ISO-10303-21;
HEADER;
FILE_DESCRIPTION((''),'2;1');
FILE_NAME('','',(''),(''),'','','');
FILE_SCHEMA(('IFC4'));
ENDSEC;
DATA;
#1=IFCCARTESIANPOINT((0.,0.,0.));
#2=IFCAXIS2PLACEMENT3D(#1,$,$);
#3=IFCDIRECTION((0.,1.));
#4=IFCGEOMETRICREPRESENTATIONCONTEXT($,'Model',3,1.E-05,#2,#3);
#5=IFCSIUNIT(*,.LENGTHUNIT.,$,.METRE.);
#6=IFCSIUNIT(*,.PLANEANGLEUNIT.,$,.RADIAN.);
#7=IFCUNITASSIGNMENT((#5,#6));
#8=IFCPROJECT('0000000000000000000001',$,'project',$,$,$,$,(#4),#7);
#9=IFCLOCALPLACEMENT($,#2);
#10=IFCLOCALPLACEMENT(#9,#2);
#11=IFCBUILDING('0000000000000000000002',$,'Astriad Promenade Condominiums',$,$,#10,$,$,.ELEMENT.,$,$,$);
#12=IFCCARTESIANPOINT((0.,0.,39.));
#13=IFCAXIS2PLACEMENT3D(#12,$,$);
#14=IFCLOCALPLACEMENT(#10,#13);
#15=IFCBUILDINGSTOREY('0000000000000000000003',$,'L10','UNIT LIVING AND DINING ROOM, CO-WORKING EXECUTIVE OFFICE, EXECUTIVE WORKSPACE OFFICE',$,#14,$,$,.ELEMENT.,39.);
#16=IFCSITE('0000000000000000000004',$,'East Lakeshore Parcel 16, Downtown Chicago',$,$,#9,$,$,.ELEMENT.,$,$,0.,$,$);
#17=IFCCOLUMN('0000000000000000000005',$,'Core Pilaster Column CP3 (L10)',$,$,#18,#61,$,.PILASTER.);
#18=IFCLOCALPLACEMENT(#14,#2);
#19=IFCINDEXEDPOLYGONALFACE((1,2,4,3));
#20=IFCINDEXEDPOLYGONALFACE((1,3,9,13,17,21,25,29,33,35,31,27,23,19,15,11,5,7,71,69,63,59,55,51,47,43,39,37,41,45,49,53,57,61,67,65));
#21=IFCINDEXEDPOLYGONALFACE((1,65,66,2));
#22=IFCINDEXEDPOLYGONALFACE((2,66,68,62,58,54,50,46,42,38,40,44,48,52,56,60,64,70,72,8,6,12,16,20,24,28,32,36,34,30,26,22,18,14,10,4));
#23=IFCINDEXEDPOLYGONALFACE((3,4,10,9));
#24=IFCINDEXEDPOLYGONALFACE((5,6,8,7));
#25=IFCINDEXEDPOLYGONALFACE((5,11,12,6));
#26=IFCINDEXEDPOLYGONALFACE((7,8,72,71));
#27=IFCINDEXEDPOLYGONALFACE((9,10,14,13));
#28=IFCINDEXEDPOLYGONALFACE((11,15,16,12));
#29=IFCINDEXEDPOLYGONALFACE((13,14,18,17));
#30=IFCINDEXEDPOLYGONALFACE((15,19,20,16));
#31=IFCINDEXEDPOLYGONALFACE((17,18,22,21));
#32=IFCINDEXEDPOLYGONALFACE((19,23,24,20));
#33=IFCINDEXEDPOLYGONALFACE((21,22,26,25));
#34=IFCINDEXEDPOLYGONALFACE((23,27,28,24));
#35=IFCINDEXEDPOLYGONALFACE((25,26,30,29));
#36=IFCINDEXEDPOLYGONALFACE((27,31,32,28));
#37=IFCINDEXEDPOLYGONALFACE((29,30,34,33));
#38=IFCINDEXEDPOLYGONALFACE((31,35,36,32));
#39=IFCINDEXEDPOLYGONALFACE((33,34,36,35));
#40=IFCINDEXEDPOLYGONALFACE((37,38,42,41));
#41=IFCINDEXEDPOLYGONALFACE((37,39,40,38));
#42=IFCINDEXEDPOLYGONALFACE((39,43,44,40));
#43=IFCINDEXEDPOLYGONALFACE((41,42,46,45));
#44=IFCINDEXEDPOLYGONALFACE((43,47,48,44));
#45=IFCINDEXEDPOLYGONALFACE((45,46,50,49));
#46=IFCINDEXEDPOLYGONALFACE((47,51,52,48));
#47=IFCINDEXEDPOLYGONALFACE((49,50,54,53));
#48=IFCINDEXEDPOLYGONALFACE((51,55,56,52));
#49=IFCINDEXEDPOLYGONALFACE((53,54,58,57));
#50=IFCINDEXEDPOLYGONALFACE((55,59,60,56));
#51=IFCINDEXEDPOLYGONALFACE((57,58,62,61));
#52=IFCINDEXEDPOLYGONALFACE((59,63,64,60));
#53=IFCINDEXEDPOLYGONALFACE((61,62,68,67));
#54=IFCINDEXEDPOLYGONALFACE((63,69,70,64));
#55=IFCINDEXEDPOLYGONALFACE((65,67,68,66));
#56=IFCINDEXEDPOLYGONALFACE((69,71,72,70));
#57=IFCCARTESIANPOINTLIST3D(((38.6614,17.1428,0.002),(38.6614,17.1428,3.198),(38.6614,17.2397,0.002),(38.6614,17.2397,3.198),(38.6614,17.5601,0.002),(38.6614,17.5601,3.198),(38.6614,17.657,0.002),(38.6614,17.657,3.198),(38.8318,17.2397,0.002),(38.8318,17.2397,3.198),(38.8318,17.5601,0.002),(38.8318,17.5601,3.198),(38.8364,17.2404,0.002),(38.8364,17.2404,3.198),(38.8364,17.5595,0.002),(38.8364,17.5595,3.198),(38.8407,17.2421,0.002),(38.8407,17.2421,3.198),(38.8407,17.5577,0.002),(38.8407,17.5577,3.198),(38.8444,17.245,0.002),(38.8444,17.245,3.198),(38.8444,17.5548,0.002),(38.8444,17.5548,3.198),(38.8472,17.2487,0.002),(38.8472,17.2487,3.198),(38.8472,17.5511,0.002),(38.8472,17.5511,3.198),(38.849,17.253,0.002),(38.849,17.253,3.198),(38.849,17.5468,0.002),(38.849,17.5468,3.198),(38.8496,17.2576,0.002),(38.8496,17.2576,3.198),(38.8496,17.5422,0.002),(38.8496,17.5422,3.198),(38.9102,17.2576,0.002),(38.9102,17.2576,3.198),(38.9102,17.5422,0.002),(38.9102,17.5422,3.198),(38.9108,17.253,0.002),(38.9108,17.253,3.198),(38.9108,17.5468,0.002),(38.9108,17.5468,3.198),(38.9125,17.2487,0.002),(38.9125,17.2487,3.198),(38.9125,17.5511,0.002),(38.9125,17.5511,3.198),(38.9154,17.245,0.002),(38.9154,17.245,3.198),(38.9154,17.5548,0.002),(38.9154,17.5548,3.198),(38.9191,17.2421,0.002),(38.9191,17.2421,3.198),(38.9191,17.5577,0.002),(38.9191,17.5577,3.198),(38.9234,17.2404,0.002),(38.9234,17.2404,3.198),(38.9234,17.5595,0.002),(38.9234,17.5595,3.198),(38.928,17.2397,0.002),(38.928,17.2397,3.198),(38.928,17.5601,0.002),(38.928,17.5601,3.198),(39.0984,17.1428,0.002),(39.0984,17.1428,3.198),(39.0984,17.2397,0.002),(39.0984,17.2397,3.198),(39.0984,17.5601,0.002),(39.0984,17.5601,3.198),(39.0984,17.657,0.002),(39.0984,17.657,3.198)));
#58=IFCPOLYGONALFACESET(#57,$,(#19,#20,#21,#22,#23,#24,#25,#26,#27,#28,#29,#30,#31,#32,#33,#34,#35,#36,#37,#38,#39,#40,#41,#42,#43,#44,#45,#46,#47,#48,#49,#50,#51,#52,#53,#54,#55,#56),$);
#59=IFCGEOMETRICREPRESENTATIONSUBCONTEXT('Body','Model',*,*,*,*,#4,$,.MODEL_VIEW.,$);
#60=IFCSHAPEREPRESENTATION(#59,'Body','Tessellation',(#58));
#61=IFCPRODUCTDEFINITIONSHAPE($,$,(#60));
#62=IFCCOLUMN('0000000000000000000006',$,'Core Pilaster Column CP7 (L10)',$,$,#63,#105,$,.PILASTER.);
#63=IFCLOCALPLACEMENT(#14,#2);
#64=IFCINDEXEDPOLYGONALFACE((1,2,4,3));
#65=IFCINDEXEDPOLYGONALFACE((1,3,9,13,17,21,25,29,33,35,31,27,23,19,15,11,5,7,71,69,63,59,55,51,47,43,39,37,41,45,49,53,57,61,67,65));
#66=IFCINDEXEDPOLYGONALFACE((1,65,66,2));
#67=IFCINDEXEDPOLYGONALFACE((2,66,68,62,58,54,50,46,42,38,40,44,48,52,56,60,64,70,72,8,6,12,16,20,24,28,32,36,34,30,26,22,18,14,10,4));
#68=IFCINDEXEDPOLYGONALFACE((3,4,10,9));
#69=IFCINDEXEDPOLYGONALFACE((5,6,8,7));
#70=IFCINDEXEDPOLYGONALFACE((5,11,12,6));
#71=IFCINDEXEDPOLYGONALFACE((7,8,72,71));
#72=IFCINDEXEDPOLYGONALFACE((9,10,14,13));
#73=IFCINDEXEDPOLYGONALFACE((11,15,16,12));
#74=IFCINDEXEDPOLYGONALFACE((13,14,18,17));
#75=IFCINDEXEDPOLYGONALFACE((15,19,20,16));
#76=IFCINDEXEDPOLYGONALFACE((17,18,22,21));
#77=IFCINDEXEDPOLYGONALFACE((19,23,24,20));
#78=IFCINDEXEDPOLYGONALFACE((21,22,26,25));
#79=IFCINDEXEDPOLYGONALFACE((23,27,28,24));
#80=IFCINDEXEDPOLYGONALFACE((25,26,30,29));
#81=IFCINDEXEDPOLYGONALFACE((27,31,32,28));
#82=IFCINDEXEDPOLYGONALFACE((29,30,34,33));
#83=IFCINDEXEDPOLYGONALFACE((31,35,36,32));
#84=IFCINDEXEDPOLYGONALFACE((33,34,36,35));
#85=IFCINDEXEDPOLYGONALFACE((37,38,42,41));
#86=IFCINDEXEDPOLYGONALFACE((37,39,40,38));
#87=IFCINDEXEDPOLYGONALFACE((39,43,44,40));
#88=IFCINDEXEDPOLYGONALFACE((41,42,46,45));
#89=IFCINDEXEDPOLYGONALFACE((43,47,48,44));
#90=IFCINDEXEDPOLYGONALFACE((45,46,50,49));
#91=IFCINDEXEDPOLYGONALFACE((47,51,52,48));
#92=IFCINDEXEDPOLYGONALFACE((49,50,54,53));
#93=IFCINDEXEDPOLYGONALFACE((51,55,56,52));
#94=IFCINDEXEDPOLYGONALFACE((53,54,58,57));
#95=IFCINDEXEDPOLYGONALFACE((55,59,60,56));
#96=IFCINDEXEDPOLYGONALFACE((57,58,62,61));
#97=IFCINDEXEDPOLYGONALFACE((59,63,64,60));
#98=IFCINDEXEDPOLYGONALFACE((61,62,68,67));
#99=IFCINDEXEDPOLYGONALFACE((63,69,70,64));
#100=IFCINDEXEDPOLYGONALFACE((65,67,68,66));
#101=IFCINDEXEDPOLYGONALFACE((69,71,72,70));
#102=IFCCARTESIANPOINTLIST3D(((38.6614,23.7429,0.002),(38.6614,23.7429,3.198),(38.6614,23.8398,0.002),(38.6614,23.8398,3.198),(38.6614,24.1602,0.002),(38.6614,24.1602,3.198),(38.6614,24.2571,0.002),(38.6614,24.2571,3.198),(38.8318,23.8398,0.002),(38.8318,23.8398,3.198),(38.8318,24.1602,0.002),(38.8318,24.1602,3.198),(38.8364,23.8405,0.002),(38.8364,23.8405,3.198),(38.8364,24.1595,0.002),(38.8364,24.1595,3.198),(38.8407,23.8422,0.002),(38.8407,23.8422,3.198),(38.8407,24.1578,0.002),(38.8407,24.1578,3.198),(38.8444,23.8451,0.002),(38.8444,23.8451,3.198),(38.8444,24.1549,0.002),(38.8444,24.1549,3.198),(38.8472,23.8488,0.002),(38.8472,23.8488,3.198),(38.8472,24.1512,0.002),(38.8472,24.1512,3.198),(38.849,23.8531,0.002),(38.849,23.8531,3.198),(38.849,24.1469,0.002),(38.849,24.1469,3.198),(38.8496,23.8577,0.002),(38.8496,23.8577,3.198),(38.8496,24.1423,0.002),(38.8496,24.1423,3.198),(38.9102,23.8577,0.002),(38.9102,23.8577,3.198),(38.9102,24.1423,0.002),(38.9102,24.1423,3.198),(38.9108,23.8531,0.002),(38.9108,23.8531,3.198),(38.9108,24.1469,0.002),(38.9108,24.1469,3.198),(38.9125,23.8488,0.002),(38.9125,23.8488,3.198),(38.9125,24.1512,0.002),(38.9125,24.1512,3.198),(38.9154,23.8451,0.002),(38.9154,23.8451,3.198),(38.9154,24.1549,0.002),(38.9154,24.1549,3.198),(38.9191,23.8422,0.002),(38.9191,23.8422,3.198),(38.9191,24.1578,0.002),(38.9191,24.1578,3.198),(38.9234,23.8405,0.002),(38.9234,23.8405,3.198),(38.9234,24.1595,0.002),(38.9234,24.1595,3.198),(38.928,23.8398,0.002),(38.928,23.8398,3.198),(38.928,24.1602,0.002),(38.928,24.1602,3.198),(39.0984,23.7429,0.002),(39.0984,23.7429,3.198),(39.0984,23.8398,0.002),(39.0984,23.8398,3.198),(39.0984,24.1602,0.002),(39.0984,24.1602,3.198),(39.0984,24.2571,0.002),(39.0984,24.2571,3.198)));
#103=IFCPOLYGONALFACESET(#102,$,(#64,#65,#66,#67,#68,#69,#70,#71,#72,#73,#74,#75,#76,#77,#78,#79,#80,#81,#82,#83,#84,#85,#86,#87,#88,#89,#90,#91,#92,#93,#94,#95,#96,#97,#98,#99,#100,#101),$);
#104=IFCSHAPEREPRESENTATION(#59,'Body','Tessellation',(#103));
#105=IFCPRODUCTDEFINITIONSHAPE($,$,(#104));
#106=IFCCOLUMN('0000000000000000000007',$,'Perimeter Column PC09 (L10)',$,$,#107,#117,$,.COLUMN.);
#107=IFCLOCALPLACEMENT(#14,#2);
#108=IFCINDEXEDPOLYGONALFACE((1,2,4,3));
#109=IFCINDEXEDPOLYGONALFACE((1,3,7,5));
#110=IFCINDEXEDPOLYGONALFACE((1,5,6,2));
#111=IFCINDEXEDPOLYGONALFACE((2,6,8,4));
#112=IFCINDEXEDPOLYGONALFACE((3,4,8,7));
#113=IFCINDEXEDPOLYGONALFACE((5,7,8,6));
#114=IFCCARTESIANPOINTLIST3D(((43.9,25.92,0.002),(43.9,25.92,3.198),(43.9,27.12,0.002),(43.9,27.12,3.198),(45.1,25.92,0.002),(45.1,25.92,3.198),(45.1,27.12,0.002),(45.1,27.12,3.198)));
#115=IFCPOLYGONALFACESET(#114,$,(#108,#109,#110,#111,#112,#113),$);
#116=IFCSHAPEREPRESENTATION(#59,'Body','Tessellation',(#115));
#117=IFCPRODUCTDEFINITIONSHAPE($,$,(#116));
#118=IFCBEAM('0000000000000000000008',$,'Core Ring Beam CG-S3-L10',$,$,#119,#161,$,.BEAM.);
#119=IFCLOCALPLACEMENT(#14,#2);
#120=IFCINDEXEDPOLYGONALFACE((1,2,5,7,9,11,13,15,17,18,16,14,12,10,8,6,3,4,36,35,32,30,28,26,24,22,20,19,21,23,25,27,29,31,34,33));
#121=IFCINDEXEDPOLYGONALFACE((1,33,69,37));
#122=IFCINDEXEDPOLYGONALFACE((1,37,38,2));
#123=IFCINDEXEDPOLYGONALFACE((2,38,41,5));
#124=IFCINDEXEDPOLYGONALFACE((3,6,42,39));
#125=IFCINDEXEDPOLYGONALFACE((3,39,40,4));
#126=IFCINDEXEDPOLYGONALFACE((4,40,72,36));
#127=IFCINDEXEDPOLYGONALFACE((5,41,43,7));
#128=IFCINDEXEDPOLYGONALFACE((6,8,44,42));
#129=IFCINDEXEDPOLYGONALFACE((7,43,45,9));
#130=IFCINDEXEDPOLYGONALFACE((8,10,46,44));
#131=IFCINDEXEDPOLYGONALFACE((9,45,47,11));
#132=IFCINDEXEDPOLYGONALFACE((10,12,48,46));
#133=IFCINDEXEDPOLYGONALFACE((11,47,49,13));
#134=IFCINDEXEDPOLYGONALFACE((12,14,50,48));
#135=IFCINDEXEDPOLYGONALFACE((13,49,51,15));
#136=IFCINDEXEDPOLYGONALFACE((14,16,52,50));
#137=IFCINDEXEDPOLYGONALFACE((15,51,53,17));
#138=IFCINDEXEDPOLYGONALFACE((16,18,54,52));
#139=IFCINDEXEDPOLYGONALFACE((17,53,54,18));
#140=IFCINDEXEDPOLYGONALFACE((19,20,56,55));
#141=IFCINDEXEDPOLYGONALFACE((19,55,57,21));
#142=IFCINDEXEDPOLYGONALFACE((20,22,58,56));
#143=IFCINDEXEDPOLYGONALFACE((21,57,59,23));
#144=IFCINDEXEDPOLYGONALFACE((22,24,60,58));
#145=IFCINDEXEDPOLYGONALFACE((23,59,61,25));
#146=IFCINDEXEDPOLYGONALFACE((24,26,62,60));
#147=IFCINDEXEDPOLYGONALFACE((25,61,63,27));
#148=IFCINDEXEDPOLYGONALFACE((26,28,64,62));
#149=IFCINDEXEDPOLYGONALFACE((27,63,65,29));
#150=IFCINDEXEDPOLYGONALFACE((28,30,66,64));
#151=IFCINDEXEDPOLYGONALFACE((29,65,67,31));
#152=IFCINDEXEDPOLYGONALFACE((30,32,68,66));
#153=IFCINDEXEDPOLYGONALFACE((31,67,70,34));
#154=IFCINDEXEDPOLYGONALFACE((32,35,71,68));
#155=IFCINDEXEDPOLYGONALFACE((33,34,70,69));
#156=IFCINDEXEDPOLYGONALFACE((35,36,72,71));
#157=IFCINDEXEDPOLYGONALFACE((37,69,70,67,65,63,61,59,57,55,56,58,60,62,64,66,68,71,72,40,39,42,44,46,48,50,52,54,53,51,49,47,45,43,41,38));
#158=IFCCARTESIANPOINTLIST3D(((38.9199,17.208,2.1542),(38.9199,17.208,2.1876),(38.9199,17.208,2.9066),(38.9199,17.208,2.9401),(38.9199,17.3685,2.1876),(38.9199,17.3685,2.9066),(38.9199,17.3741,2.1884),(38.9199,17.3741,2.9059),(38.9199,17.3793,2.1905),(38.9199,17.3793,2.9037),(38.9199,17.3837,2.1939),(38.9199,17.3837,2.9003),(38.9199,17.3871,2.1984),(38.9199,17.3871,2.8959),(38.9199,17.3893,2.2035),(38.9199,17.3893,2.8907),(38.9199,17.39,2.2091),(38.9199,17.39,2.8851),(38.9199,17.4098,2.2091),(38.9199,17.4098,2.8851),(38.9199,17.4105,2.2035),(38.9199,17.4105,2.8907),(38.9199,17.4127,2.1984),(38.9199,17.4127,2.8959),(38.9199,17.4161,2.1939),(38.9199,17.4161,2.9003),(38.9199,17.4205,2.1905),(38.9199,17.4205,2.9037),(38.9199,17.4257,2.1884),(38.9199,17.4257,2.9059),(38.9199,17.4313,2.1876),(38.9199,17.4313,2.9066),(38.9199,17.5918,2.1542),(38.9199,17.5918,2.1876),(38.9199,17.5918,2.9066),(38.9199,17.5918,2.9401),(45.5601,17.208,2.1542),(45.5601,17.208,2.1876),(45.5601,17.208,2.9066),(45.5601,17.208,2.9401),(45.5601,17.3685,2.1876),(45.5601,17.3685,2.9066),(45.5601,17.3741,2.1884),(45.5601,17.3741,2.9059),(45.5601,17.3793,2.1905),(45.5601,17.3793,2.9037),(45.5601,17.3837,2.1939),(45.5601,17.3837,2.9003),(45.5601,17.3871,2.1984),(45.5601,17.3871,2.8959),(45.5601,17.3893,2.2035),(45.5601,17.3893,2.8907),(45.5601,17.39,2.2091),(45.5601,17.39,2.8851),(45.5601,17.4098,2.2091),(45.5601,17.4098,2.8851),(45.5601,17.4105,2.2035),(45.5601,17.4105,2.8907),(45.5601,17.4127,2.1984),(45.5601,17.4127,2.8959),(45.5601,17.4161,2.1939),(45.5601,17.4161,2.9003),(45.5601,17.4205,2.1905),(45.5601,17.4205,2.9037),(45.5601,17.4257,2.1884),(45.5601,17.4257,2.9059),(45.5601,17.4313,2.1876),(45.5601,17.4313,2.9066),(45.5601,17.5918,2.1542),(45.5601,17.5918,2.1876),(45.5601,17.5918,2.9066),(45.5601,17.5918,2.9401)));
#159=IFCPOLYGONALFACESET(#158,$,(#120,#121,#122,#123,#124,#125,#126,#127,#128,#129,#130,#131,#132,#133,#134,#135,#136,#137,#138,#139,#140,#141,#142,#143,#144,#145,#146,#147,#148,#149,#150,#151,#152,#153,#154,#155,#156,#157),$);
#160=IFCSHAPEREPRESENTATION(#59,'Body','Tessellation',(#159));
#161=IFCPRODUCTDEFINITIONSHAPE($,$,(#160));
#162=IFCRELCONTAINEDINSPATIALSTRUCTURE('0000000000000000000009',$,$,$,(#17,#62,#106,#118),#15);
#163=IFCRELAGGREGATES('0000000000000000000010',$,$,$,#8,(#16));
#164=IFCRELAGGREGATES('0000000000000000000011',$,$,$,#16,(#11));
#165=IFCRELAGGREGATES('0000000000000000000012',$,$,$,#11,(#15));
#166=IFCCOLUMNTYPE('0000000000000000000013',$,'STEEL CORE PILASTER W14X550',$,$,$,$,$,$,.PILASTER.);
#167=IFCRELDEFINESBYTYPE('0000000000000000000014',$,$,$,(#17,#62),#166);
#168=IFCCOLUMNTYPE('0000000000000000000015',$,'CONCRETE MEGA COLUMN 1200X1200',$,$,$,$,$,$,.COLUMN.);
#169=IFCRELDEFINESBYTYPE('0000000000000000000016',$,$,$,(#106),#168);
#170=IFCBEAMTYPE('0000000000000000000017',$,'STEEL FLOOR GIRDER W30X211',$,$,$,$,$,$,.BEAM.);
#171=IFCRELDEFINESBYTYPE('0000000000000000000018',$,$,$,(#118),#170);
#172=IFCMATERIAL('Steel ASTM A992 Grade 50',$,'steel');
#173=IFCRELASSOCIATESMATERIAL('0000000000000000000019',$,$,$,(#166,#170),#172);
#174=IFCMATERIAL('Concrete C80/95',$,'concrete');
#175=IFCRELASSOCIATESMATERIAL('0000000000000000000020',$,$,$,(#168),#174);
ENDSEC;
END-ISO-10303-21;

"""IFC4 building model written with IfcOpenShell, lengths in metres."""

from ifc_helpers import new_model, si_unit, direction, frame, origin, origin_2d, place, context, subcontext, project, spatial, rectangle, i_section, extrude, source, transform, mapped, material, material_profile, profile_set, type_object, type_shapes, element, save


model = new_model("IFC4")

# Units and contexts
model_context = context("Model", 3, precision=1e-05, world=origin(), true_north=direction((0.0, 1.0)))
body_context = subcontext(model_context, "Body", "Model", "MODEL_VIEW")
ifc_project = project(units=[si_unit("LENGTHUNIT", "METRE"), si_unit("PLANEANGLEUNIT", "RADIAN")], contexts=[model_context])

# Site, building, storey
site_placement = place(None, origin())
site = spatial("IfcSite", under=ifc_project, at=site_placement, Name="East Lakeshore Parcel 16, Downtown Chicago", CompositionType="ELEMENT", RefElevation=0.0)
building_placement = place(site_placement, origin())
building = spatial("IfcBuilding", under=site, at=building_placement, Name="Astriad Promenade Condominiums", CompositionType="ELEMENT")
storey_placement = place(building_placement, frame((0.0, 0.0, 39.0)))
storey = spatial("IfcBuildingStorey", under=building, at=storey_placement, Name="L10", Description="UNIT LIVING AND DINING ROOM, CO-WORKING EXECUTIVE OFFICE, EXECUTIVE WORKSPACE OFFICE", CompositionType="ELEMENT", Elevation=39.0)

# Columns
ifc_material_1 = material(Name="Steel ASTM A992 Grade 50", Category="steel")
ifc_material_profile_1 = material_profile(ifc_material_1, i_section(OverallWidth=0.437, OverallDepth=0.5142, WebThickness=0.0605, FlangeThickness=0.0969, FilletRadius=0.0178, at=origin_2d()), Name="W14X550")
ifc_profile_set_1 = profile_set([ifc_material_profile_1], Name="Steel ASTM A992 Grade 50")
column_type_1 = type_object("IfcColumnType", Name="STEEL CORE PILASTER W14X550", PredefinedType="PILASTER", material=ifc_profile_set_1)
shared_shape_1 = source(origin(), body_context, "Body", "SweptSolid", [
    extrude(i_section(OverallWidth=0.437, OverallDepth=0.5142, WebThickness=0.0605, FlangeThickness=0.0969, FilletRadius=0.0178, at=origin_2d()), origin(), (0.0, 0.0, 1.0), 3.196),
])
type_shapes(column_type_1, [shared_shape_1])
for number, where, z_axis, x_axis, name in (
    (1, (38.8799, 17.3999, 0.002), (0.0, 0.0, 1.0), (1.0, 0.0, 0.0), "Core Pilaster Column CP3 (L10)"),
    (2, (38.8799, 24.0, 0.002), (0.0, 0.0, 1.0), (1.0, 0.0, 0.0), "Core Pilaster Column CP7 (L10)"),
):
    element("IfcColumn", number, at=place(storey_placement, frame(where, z_axis=z_axis, x_axis=x_axis)), inside=storey, type_object=column_type_1, Name=name, PredefinedType="PILASTER", context=body_context, shape_type="MappedRepresentation", body=[
        mapped(shared_shape_1, transform((0.0, 0.0, 0.0), scale=1.0)),
    ])
ifc_material_2 = material(Name="Concrete C80/95", Category="concrete")
ifc_material_profile_2 = material_profile(ifc_material_2, rectangle(XDim=1.2, YDim=1.2, at=origin_2d()), Name="RC-COL-1200X1200")
ifc_profile_set_2 = profile_set([ifc_material_profile_2], Name="Concrete C80/95")
column_type_2 = type_object("IfcColumnType", Name="CONCRETE MEGA COLUMN 1200X1200", PredefinedType="COLUMN", material=ifc_profile_set_2)
shared_shape_2 = source(origin(), body_context, "Body", "SweptSolid", [
    extrude(rectangle(XDim=1.2, YDim=1.2, at=origin_2d()), origin(), (0.0, 0.0, 1.0), 3.196),
])
type_shapes(column_type_2, [shared_shape_2])
column_placement = place(storey_placement, frame((44.5, 26.52, 0.002), z_axis=(0.0, 0.0, 1.0), x_axis=(1.0, 0.0, 0.0)))
element("IfcColumn", 3, at=column_placement, inside=storey, type_object=column_type_2, Name="Perimeter Column PC09 (L10)", PredefinedType="COLUMN", context=body_context, shape_type="MappedRepresentation", body=[
    mapped(shared_shape_2, transform((0.0, 0.0, 0.0), scale=1.0)),
])

# Beam
ifc_material_profile_3 = material_profile(ifc_material_1, i_section(OverallWidth=0.3838, OverallDepth=0.7859, WebThickness=0.0198, FlangeThickness=0.0334, FilletRadius=0.0215, at=origin_2d()), Name="W30X211")
ifc_profile_set_3 = profile_set([ifc_material_profile_3], Name="Steel ASTM A992 Grade 50")
beam_type_1 = type_object("IfcBeamType", Name="STEEL FLOOR GIRDER W30X211", PredefinedType="BEAM", material=ifc_profile_set_3)
shared_shape_3 = source(origin(), body_context, "Body", "SweptSolid", [
    extrude(i_section(OverallWidth=0.3838, OverallDepth=0.7859, WebThickness=0.0198, FlangeThickness=0.0334, FilletRadius=0.0215, at=origin_2d()), origin(), (0.0, 0.0, 1.0), 6.6401),
])
type_shapes(beam_type_1, [shared_shape_3])
beam_1_placement = place(storey_placement, frame((38.9199, 17.3999, 2.5471), z_axis=(1.0, 0.0, 0.0), x_axis=(0.0, 1.0, 0.0)))
element("IfcBeam", 4, at=beam_1_placement, inside=storey, type_object=beam_type_1, Name="Core Ring Beam CG-S3-L10", PredefinedType="BEAM", context=body_context, shape_type="MappedRepresentation", body=[
    mapped(shared_shape_3, transform((0.0, 0.0, 0.0), scale=1.0)),
])

save(model, "model.ifc")
